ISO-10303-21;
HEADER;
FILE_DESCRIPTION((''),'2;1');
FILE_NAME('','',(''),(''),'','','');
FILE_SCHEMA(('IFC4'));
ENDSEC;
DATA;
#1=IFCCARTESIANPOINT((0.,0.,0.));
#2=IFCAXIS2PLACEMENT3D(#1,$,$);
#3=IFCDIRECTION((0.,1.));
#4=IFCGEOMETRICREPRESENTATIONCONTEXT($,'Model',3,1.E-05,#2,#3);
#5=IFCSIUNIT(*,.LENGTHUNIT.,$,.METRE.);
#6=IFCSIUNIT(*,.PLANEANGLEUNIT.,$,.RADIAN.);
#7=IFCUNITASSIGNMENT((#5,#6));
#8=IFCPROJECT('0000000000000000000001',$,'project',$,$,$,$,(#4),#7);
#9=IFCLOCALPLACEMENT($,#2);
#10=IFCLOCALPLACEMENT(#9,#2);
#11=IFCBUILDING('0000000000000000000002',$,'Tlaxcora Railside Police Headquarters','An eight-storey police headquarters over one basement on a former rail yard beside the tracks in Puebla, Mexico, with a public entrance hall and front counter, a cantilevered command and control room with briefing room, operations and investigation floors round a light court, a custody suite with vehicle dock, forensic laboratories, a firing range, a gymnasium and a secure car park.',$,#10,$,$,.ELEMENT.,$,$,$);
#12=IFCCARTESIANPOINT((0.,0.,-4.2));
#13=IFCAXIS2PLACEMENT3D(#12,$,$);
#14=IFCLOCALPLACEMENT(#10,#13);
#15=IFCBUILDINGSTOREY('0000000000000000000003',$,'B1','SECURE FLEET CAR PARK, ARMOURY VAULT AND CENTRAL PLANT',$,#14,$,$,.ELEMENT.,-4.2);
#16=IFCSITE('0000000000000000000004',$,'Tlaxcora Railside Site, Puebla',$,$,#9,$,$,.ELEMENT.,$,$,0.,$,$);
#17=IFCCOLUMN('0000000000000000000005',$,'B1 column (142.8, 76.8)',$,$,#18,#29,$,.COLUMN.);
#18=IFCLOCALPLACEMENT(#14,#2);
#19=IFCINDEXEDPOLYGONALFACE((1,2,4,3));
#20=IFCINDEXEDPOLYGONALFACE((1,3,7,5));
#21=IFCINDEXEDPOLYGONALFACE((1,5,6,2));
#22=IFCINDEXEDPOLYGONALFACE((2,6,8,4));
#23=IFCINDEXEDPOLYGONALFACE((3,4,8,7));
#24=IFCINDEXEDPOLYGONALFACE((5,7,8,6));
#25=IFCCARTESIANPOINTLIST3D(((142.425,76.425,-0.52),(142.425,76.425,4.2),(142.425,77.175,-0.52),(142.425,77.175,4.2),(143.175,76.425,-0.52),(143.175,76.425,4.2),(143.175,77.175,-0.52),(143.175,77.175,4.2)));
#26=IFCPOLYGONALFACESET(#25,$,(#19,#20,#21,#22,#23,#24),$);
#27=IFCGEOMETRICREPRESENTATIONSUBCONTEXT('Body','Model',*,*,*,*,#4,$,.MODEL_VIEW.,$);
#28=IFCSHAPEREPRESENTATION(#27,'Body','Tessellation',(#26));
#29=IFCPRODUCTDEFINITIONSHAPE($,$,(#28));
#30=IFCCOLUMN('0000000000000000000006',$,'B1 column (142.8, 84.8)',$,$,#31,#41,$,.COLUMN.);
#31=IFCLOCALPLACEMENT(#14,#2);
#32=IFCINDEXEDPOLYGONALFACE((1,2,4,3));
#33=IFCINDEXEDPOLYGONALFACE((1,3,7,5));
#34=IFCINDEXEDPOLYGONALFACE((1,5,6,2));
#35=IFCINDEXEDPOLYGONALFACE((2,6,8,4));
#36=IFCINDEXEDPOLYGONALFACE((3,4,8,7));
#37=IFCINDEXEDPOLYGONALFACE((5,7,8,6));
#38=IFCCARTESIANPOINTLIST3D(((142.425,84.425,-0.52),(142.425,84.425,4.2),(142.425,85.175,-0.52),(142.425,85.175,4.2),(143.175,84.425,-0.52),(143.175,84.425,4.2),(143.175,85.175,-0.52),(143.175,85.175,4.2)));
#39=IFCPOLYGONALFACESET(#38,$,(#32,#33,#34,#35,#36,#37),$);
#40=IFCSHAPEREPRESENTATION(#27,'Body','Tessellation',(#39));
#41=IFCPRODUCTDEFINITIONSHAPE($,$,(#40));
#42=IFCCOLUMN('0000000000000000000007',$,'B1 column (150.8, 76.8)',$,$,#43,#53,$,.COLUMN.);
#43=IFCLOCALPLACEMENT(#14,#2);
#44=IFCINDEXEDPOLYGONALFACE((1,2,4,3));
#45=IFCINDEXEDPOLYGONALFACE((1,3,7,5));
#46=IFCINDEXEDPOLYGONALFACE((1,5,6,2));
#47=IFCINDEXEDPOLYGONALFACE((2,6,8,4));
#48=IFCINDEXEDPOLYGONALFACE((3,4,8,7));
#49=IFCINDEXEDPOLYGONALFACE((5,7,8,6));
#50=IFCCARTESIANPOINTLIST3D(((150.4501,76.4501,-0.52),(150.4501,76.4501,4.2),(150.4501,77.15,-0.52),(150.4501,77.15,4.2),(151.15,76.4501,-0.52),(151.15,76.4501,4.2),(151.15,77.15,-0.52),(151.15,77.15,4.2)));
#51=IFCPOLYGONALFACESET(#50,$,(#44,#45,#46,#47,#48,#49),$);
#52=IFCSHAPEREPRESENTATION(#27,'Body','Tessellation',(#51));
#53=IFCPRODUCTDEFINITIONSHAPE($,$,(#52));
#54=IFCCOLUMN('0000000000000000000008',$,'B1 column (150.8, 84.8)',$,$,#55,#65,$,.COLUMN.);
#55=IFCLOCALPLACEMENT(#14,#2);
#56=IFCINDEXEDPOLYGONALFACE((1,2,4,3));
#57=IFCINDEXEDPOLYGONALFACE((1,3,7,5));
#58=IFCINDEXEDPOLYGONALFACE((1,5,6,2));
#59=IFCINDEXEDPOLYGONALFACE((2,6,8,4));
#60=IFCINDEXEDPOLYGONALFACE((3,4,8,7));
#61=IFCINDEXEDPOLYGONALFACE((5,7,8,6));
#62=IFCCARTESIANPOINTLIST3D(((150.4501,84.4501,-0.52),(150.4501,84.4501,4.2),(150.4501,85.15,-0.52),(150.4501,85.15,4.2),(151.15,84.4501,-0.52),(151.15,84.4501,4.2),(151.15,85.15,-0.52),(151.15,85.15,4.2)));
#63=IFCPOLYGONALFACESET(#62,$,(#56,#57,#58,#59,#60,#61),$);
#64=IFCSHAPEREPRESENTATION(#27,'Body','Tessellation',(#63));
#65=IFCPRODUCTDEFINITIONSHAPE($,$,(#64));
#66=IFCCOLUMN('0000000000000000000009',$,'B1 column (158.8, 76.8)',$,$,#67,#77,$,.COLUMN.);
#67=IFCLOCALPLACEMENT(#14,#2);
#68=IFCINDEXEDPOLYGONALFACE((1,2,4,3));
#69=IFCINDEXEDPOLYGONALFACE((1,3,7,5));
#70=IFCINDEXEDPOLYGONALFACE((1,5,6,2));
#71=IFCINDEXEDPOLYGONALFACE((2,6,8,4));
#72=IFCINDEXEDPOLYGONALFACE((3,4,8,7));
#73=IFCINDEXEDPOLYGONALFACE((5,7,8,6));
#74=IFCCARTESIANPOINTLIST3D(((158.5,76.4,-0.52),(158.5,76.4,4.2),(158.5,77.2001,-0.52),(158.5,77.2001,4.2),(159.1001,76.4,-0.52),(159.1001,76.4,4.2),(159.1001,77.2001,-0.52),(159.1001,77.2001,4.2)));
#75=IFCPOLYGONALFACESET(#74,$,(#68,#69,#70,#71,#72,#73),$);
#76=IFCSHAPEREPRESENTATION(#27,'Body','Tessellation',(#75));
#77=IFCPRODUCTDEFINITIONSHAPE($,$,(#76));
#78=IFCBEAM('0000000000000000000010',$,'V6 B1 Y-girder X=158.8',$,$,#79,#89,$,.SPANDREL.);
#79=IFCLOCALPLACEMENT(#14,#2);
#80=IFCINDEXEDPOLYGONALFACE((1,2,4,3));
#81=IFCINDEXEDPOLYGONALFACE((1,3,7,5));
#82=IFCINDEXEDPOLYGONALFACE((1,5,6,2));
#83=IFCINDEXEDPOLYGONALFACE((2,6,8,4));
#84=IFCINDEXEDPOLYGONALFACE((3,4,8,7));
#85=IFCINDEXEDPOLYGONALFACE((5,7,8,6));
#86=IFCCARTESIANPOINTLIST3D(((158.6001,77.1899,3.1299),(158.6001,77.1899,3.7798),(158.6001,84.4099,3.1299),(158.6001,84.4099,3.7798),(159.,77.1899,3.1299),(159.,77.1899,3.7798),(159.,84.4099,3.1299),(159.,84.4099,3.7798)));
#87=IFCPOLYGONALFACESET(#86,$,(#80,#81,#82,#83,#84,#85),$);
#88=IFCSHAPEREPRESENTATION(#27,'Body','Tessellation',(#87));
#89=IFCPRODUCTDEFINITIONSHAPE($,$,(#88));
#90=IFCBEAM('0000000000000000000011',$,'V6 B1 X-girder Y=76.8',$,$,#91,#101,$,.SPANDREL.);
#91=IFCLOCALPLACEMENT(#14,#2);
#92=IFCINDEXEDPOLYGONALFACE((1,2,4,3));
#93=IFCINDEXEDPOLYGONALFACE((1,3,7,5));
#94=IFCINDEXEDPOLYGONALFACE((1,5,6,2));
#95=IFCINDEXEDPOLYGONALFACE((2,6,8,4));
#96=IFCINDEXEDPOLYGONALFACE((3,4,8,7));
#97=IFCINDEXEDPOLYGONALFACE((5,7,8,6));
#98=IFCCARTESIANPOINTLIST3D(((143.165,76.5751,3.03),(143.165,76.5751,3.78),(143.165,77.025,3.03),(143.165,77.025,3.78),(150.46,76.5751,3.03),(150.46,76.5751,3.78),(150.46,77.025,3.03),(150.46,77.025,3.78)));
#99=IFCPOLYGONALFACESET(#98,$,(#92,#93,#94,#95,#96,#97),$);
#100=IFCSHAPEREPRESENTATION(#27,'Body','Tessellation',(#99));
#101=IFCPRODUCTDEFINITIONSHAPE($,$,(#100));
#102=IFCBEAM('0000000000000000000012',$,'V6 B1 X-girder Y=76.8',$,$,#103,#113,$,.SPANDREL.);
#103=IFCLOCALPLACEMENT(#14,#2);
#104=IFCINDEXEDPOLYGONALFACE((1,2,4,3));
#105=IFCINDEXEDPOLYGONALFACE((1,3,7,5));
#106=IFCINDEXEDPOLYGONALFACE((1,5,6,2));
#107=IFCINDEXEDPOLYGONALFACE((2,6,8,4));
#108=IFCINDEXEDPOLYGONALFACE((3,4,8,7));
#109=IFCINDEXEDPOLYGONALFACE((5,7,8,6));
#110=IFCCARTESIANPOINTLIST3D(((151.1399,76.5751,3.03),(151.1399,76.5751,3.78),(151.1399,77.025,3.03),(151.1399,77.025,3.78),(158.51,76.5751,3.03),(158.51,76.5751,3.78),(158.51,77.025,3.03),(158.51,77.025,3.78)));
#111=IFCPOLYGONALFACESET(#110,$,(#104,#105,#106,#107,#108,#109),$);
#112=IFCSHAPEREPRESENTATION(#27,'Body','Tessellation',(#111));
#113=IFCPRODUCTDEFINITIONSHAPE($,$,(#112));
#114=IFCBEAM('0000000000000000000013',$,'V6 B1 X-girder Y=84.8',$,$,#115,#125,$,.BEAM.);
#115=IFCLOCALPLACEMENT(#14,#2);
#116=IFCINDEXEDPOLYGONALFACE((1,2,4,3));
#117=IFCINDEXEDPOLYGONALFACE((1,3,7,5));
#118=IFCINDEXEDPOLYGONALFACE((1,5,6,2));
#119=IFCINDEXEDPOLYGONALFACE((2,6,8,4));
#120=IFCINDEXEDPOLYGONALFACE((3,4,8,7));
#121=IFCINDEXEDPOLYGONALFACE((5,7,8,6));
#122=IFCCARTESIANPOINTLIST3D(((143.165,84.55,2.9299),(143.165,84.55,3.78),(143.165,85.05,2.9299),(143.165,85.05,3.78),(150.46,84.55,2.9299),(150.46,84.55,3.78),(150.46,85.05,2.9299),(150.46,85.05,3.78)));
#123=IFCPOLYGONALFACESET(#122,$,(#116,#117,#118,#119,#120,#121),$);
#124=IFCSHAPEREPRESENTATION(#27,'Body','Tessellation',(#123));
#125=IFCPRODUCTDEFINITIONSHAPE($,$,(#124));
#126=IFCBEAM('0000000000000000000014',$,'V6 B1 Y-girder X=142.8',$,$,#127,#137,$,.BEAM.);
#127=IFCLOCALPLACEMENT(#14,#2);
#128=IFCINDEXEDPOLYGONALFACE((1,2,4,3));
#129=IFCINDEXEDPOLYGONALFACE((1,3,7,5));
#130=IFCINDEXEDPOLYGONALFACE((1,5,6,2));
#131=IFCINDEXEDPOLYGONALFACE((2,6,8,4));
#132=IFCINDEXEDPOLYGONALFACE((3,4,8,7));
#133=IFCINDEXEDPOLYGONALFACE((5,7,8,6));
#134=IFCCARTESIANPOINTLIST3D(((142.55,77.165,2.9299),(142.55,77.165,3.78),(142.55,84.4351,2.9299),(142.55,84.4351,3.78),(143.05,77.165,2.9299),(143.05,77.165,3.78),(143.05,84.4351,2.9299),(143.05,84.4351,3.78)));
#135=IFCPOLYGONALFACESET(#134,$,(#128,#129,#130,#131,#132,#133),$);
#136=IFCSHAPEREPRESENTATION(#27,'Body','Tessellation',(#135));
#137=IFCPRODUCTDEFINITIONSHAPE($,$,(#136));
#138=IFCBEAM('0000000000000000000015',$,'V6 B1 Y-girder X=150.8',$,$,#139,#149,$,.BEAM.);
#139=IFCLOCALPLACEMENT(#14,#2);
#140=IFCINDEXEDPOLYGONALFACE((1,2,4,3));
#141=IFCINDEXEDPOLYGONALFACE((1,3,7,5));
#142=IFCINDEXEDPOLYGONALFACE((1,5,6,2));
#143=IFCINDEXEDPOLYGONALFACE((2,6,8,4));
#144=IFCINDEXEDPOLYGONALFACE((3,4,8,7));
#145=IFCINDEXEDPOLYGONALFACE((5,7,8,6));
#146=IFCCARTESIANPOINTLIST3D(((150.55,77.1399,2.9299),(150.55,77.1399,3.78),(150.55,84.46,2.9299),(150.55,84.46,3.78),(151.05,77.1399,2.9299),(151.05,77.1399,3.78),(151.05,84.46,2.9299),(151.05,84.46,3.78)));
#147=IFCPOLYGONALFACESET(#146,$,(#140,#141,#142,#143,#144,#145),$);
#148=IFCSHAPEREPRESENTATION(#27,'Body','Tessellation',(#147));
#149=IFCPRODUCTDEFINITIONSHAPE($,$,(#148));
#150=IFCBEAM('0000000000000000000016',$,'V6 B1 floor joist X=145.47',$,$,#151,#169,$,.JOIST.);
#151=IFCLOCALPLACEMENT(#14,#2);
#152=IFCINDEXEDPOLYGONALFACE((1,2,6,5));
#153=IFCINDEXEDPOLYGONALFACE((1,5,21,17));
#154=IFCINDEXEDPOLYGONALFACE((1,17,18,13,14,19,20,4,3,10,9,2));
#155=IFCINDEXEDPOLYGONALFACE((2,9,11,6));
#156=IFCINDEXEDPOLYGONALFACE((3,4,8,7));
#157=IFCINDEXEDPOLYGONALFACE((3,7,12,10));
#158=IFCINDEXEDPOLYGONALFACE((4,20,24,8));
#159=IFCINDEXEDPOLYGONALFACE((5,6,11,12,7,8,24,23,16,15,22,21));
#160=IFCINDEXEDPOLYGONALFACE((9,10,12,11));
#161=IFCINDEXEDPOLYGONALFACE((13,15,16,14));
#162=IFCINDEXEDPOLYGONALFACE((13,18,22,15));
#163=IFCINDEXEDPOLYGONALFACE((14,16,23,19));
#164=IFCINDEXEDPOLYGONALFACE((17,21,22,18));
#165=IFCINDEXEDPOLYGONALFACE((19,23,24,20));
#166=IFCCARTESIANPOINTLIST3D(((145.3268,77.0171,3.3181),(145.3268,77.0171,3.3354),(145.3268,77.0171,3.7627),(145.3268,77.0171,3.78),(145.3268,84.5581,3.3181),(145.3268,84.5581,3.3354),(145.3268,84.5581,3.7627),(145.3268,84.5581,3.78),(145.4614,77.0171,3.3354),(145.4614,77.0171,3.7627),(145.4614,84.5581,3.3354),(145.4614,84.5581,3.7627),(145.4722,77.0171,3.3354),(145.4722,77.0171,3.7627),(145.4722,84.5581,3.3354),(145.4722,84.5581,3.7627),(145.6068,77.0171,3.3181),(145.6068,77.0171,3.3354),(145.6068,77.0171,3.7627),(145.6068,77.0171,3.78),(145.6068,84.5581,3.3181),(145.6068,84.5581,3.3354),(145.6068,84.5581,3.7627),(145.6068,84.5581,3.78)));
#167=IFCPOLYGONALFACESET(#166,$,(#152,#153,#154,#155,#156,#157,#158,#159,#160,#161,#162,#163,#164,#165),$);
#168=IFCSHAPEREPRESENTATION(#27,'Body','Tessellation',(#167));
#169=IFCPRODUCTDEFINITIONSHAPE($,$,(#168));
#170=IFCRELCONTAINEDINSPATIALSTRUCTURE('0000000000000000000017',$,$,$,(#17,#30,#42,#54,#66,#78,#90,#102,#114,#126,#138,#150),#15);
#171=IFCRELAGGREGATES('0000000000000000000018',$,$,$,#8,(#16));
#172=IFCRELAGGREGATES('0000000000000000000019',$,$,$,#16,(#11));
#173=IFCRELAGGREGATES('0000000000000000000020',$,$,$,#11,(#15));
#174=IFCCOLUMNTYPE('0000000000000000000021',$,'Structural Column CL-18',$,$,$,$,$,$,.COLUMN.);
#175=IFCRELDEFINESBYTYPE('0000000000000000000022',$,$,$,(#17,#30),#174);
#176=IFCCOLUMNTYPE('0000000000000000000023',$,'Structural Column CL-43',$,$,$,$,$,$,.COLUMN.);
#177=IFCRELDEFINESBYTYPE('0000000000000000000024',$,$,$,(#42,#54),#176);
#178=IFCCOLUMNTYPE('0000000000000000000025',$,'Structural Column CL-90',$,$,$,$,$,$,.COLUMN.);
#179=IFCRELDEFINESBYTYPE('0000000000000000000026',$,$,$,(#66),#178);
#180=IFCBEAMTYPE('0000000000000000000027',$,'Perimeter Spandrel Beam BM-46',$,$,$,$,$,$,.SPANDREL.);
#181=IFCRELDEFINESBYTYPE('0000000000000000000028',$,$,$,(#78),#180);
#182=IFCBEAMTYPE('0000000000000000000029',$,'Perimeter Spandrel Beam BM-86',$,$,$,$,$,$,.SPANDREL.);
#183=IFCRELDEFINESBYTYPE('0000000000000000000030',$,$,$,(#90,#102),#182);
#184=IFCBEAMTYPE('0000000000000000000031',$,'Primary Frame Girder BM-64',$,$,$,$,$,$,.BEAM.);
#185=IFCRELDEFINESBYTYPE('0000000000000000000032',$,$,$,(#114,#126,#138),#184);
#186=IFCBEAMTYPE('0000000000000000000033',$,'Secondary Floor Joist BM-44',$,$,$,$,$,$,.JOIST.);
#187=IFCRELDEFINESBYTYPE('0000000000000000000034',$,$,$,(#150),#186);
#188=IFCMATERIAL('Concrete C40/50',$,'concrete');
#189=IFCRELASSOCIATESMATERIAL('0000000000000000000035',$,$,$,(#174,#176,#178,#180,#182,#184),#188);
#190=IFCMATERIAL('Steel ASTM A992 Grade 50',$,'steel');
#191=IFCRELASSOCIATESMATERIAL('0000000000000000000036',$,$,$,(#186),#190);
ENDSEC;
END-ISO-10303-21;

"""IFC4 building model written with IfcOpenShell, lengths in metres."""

from ifc_helpers import new_model, si_unit, direction, frame, origin, origin_2d, place, context, subcontext, project, spatial, rectangle, i_section, extrude, material, material_profile, profile_set, type_object, element, save


model = new_model("IFC4")

# Units and contexts
model_context = context("Model", 3, precision=1e-05, world=origin(), true_north=direction((0.0, 1.0)))
body_context = subcontext(model_context, "Body", "Model", "MODEL_VIEW")
ifc_project = project(units=[si_unit("LENGTHUNIT", "METRE"), si_unit("PLANEANGLEUNIT", "RADIAN")], contexts=[model_context])

# Site, building, storey
site_placement = place(None, origin())
site = spatial("IfcSite", under=ifc_project, at=site_placement, Name="Tlaxcora Railside Site, Puebla", CompositionType="ELEMENT", RefElevation=0.0)
building_placement = place(site_placement, origin())
building = spatial("IfcBuilding", under=site, at=building_placement, Name="Tlaxcora Railside Police Headquarters", Description="An eight-storey police headquarters over one basement on a former rail yard beside the tracks in Puebla, Mexico, with a public entrance hall and front counter, a cantilevered command and control room with briefing room, operations and investigation floors round a light court, a custody suite with vehicle dock, forensic laboratories, a firing range, a gymnasium and a secure car park.", CompositionType="ELEMENT")
storey_placement = place(building_placement, frame((0.0, 0.0, -4.2)))
storey = spatial("IfcBuildingStorey", under=building, at=storey_placement, Name="B1", Description="SECURE FLEET CAR PARK, ARMOURY VAULT AND CENTRAL PLANT", CompositionType="ELEMENT", Elevation=-4.2)

# Shared definitions
ifc_material_1 = material(Name="Concrete C40/50", Category="concrete")

# Columns
ifc_material_profile_1 = material_profile(ifc_material_1, rectangle(XDim=0.75, YDim=0.75, at=origin_2d()), Name="RC750X750")
ifc_profile_set_1 = profile_set([ifc_material_profile_1], Name="Concrete C40/50")
column_type_1 = type_object("IfcColumnType", Name="Structural Column CL-18", PredefinedType="COLUMN", material=ifc_profile_set_1)
for number, where, z_axis, x_axis, name in (
    (1, (142.8, 76.8, -0.52), (0.0, 0.0, 1.0), (1.0, 0.0, 0.0), "B1 column (142.8, 76.8)"),
    (2, (142.8, 84.8, -0.52), (0.0, 0.0, 1.0), (1.0, 0.0, 0.0), "B1 column (142.8, 84.8)"),
):
    element("IfcColumn", number, at=place(storey_placement, frame(where, z_axis=z_axis, x_axis=x_axis)), inside=storey, type_object=column_type_1, Name=name, PredefinedType="COLUMN", context=body_context, shape_type="SweptSolid", body=[
        extrude(rectangle(XDim=0.75, YDim=0.75, at=origin_2d()), origin(), (0.0, 0.0, 1.0), 4.72),
    ])
ifc_material_profile_2 = material_profile(ifc_material_1, rectangle(XDim=0.7, YDim=0.7, at=origin_2d()), Name="RC700X700")
ifc_profile_set_2 = profile_set([ifc_material_profile_2], Name="Concrete C40/50")
column_type_2 = type_object("IfcColumnType", Name="Structural Column CL-43", PredefinedType="COLUMN", material=ifc_profile_set_2)
for number, where, z_axis, x_axis, name in (
    (3, (150.8, 76.8, -0.52), (0.0, 0.0, 1.0), (1.0, 0.0, 0.0), "B1 column (150.8, 76.8)"),
    (4, (150.8, 84.8, -0.52), (0.0, 0.0, 1.0), (1.0, 0.0, 0.0), "B1 column (150.8, 84.8)"),
):
    element("IfcColumn", number, at=place(storey_placement, frame(where, z_axis=z_axis, x_axis=x_axis)), inside=storey, type_object=column_type_2, Name=name, PredefinedType="COLUMN", context=body_context, shape_type="SweptSolid", body=[
        extrude(rectangle(XDim=0.7, YDim=0.7, at=origin_2d()), origin(), (0.0, 0.0, 1.0), 4.72),
    ])
ifc_material_profile_3 = material_profile(ifc_material_1, rectangle(XDim=0.6001, YDim=0.8, at=origin_2d()), Name="RC600X800")
ifc_profile_set_3 = profile_set([ifc_material_profile_3], Name="Concrete C40/50")
column_type_3 = type_object("IfcColumnType", Name="Structural Column CL-90", PredefinedType="COLUMN", material=ifc_profile_set_3)
column_placement = place(storey_placement, frame((158.8, 76.8, -0.52), z_axis=(0.0, 0.0, 1.0), x_axis=(1.0, 0.0, 0.0)))
element("IfcColumn", 5, at=column_placement, inside=storey, type_object=column_type_3, Name="B1 column (158.8, 76.8)", PredefinedType="COLUMN", context=body_context, shape_type="SweptSolid", body=[
    extrude(rectangle(XDim=0.6001, YDim=0.8, at=origin_2d()), origin(), (0.0, 0.0, 1.0), 4.72),
])

# Beams
ifc_material_profile_4 = material_profile(ifc_material_1, rectangle(XDim=0.3999, YDim=0.6499, at=origin_2d()), Name="RC400X650")
ifc_profile_set_4 = profile_set([ifc_material_profile_4], Name="Concrete C40/50")
beam_type_1 = type_object("IfcBeamType", Name="Perimeter Spandrel Beam BM-46", PredefinedType="SPANDREL", material=ifc_profile_set_4)
beam_1_placement = place(storey_placement, frame((158.8, 77.1899, 3.4548), z_axis=(0.0, 1.0, 0.0), x_axis=(-1.0, 0.0, 0.0)))
element("IfcBeam", 6, at=beam_1_placement, inside=storey, type_object=beam_type_1, Name="V6 B1 Y-girder X=158.8", PredefinedType="SPANDREL", context=body_context, shape_type="SweptSolid", body=[
    extrude(rectangle(XDim=0.3999, YDim=0.6499, at=origin_2d()), origin(), (0.0, 0.0, 1.0), 7.22),
])
ifc_material_profile_5 = material_profile(ifc_material_1, rectangle(XDim=0.45, YDim=0.75, at=origin_2d()), Name="RC450X750")
ifc_profile_set_5 = profile_set([ifc_material_profile_5], Name="Concrete C40/50")
beam_type_2 = type_object("IfcBeamType", Name="Perimeter Spandrel Beam BM-86", PredefinedType="SPANDREL", material=ifc_profile_set_5)
beam_2_placement = place(storey_placement, frame((143.165, 76.8, 3.405), z_axis=(1.0, 0.0, 0.0), x_axis=(0.0, 1.0, 0.0)))
element("IfcBeam", 7, at=beam_2_placement, inside=storey, type_object=beam_type_2, Name="V6 B1 X-girder Y=76.8", PredefinedType="SPANDREL", context=body_context, shape_type="SweptSolid", body=[
    extrude(rectangle(XDim=0.45, YDim=0.75, at=origin_2d()), origin(), (0.0, 0.0, 1.0), 7.2949),
])
beam_3_placement = place(storey_placement, frame((151.1399, 76.8, 3.405), z_axis=(1.0, 0.0, 0.0), x_axis=(0.0, 1.0, 0.0)))
element("IfcBeam", 8, at=beam_3_placement, inside=storey, type_object=beam_type_2, Name="V6 B1 X-girder Y=76.8", PredefinedType="SPANDREL", context=body_context, shape_type="SweptSolid", body=[
    extrude(rectangle(XDim=0.45, YDim=0.75, at=origin_2d()), origin(), (0.0, 0.0, 1.0), 7.3701),
])
ifc_material_profile_6 = material_profile(ifc_material_1, rectangle(XDim=0.5, YDim=0.8501, at=origin_2d()), Name="RC500X850")
ifc_profile_set_6 = profile_set([ifc_material_profile_6], Name="Concrete C40/50")
beam_type_3 = type_object("IfcBeamType", Name="Primary Frame Girder BM-64", PredefinedType="BEAM", material=ifc_profile_set_6)
beam_4_placement = place(storey_placement, frame((143.165, 84.8, 3.355), z_axis=(1.0, 0.0, 0.0), x_axis=(0.0, 1.0, 0.0)))
element("IfcBeam", 9, at=beam_4_placement, inside=storey, type_object=beam_type_3, Name="V6 B1 X-girder Y=84.8", PredefinedType="BEAM", context=body_context, shape_type="SweptSolid", body=[
    extrude(rectangle(XDim=0.5, YDim=0.8501, at=origin_2d()), origin(), (0.0, 0.0, 1.0), 7.2949),
])
beam_5_placement = place(storey_placement, frame((142.8, 77.165, 3.355), z_axis=(0.0, 1.0, 0.0), x_axis=(-1.0, 0.0, 0.0)))
element("IfcBeam", 10, at=beam_5_placement, inside=storey, type_object=beam_type_3, Name="V6 B1 Y-girder X=142.8", PredefinedType="BEAM", context=body_context, shape_type="SweptSolid", body=[
    extrude(rectangle(XDim=0.5, YDim=0.8501, at=origin_2d()), origin(), (0.0, 0.0, 1.0), 7.27),
])
beam_6_placement = place(storey_placement, frame((150.8, 77.1399, 3.355), z_axis=(0.0, 1.0, 0.0), x_axis=(-1.0, 0.0, 0.0)))
element("IfcBeam", 11, at=beam_6_placement, inside=storey, type_object=beam_type_3, Name="V6 B1 Y-girder X=150.8", PredefinedType="BEAM", context=body_context, shape_type="SweptSolid", body=[
    extrude(rectangle(XDim=0.5, YDim=0.8501, at=origin_2d()), origin(), (0.0, 0.0, 1.0), 7.3201),
])
ifc_material_2 = material(Name="Steel ASTM A992 Grade 50", Category="steel")
ifc_material_profile_7 = material_profile(ifc_material_2, i_section(OverallWidth=0.28, OverallDepth=0.4619, WebThickness=0.0107, FlangeThickness=0.0173, at=origin_2d()), Name="W18X76")
ifc_profile_set_7 = profile_set([ifc_material_profile_7], Name="Steel ASTM A992 Grade 50")
beam_type_4 = type_object("IfcBeamType", Name="Secondary Floor Joist BM-44", PredefinedType="JOIST", material=ifc_profile_set_7)
beam_7_placement = place(storey_placement, frame((145.4668, 77.0171, 3.5491), z_axis=(0.0, 1.0, 0.0), x_axis=(-1.0, 0.0, 0.0)))
element("IfcBeam", 12, at=beam_7_placement, inside=storey, type_object=beam_type_4, Name="V6 B1 floor joist X=145.47", PredefinedType="JOIST", context=body_context, shape_type="SweptSolid", body=[
    extrude(i_section(OverallWidth=0.28, OverallDepth=0.4619, WebThickness=0.0107, FlangeThickness=0.0173, at=origin_2d()), origin(), (0.0, 0.0, 1.0), 7.541),
])

save(model, "model.ifc")
